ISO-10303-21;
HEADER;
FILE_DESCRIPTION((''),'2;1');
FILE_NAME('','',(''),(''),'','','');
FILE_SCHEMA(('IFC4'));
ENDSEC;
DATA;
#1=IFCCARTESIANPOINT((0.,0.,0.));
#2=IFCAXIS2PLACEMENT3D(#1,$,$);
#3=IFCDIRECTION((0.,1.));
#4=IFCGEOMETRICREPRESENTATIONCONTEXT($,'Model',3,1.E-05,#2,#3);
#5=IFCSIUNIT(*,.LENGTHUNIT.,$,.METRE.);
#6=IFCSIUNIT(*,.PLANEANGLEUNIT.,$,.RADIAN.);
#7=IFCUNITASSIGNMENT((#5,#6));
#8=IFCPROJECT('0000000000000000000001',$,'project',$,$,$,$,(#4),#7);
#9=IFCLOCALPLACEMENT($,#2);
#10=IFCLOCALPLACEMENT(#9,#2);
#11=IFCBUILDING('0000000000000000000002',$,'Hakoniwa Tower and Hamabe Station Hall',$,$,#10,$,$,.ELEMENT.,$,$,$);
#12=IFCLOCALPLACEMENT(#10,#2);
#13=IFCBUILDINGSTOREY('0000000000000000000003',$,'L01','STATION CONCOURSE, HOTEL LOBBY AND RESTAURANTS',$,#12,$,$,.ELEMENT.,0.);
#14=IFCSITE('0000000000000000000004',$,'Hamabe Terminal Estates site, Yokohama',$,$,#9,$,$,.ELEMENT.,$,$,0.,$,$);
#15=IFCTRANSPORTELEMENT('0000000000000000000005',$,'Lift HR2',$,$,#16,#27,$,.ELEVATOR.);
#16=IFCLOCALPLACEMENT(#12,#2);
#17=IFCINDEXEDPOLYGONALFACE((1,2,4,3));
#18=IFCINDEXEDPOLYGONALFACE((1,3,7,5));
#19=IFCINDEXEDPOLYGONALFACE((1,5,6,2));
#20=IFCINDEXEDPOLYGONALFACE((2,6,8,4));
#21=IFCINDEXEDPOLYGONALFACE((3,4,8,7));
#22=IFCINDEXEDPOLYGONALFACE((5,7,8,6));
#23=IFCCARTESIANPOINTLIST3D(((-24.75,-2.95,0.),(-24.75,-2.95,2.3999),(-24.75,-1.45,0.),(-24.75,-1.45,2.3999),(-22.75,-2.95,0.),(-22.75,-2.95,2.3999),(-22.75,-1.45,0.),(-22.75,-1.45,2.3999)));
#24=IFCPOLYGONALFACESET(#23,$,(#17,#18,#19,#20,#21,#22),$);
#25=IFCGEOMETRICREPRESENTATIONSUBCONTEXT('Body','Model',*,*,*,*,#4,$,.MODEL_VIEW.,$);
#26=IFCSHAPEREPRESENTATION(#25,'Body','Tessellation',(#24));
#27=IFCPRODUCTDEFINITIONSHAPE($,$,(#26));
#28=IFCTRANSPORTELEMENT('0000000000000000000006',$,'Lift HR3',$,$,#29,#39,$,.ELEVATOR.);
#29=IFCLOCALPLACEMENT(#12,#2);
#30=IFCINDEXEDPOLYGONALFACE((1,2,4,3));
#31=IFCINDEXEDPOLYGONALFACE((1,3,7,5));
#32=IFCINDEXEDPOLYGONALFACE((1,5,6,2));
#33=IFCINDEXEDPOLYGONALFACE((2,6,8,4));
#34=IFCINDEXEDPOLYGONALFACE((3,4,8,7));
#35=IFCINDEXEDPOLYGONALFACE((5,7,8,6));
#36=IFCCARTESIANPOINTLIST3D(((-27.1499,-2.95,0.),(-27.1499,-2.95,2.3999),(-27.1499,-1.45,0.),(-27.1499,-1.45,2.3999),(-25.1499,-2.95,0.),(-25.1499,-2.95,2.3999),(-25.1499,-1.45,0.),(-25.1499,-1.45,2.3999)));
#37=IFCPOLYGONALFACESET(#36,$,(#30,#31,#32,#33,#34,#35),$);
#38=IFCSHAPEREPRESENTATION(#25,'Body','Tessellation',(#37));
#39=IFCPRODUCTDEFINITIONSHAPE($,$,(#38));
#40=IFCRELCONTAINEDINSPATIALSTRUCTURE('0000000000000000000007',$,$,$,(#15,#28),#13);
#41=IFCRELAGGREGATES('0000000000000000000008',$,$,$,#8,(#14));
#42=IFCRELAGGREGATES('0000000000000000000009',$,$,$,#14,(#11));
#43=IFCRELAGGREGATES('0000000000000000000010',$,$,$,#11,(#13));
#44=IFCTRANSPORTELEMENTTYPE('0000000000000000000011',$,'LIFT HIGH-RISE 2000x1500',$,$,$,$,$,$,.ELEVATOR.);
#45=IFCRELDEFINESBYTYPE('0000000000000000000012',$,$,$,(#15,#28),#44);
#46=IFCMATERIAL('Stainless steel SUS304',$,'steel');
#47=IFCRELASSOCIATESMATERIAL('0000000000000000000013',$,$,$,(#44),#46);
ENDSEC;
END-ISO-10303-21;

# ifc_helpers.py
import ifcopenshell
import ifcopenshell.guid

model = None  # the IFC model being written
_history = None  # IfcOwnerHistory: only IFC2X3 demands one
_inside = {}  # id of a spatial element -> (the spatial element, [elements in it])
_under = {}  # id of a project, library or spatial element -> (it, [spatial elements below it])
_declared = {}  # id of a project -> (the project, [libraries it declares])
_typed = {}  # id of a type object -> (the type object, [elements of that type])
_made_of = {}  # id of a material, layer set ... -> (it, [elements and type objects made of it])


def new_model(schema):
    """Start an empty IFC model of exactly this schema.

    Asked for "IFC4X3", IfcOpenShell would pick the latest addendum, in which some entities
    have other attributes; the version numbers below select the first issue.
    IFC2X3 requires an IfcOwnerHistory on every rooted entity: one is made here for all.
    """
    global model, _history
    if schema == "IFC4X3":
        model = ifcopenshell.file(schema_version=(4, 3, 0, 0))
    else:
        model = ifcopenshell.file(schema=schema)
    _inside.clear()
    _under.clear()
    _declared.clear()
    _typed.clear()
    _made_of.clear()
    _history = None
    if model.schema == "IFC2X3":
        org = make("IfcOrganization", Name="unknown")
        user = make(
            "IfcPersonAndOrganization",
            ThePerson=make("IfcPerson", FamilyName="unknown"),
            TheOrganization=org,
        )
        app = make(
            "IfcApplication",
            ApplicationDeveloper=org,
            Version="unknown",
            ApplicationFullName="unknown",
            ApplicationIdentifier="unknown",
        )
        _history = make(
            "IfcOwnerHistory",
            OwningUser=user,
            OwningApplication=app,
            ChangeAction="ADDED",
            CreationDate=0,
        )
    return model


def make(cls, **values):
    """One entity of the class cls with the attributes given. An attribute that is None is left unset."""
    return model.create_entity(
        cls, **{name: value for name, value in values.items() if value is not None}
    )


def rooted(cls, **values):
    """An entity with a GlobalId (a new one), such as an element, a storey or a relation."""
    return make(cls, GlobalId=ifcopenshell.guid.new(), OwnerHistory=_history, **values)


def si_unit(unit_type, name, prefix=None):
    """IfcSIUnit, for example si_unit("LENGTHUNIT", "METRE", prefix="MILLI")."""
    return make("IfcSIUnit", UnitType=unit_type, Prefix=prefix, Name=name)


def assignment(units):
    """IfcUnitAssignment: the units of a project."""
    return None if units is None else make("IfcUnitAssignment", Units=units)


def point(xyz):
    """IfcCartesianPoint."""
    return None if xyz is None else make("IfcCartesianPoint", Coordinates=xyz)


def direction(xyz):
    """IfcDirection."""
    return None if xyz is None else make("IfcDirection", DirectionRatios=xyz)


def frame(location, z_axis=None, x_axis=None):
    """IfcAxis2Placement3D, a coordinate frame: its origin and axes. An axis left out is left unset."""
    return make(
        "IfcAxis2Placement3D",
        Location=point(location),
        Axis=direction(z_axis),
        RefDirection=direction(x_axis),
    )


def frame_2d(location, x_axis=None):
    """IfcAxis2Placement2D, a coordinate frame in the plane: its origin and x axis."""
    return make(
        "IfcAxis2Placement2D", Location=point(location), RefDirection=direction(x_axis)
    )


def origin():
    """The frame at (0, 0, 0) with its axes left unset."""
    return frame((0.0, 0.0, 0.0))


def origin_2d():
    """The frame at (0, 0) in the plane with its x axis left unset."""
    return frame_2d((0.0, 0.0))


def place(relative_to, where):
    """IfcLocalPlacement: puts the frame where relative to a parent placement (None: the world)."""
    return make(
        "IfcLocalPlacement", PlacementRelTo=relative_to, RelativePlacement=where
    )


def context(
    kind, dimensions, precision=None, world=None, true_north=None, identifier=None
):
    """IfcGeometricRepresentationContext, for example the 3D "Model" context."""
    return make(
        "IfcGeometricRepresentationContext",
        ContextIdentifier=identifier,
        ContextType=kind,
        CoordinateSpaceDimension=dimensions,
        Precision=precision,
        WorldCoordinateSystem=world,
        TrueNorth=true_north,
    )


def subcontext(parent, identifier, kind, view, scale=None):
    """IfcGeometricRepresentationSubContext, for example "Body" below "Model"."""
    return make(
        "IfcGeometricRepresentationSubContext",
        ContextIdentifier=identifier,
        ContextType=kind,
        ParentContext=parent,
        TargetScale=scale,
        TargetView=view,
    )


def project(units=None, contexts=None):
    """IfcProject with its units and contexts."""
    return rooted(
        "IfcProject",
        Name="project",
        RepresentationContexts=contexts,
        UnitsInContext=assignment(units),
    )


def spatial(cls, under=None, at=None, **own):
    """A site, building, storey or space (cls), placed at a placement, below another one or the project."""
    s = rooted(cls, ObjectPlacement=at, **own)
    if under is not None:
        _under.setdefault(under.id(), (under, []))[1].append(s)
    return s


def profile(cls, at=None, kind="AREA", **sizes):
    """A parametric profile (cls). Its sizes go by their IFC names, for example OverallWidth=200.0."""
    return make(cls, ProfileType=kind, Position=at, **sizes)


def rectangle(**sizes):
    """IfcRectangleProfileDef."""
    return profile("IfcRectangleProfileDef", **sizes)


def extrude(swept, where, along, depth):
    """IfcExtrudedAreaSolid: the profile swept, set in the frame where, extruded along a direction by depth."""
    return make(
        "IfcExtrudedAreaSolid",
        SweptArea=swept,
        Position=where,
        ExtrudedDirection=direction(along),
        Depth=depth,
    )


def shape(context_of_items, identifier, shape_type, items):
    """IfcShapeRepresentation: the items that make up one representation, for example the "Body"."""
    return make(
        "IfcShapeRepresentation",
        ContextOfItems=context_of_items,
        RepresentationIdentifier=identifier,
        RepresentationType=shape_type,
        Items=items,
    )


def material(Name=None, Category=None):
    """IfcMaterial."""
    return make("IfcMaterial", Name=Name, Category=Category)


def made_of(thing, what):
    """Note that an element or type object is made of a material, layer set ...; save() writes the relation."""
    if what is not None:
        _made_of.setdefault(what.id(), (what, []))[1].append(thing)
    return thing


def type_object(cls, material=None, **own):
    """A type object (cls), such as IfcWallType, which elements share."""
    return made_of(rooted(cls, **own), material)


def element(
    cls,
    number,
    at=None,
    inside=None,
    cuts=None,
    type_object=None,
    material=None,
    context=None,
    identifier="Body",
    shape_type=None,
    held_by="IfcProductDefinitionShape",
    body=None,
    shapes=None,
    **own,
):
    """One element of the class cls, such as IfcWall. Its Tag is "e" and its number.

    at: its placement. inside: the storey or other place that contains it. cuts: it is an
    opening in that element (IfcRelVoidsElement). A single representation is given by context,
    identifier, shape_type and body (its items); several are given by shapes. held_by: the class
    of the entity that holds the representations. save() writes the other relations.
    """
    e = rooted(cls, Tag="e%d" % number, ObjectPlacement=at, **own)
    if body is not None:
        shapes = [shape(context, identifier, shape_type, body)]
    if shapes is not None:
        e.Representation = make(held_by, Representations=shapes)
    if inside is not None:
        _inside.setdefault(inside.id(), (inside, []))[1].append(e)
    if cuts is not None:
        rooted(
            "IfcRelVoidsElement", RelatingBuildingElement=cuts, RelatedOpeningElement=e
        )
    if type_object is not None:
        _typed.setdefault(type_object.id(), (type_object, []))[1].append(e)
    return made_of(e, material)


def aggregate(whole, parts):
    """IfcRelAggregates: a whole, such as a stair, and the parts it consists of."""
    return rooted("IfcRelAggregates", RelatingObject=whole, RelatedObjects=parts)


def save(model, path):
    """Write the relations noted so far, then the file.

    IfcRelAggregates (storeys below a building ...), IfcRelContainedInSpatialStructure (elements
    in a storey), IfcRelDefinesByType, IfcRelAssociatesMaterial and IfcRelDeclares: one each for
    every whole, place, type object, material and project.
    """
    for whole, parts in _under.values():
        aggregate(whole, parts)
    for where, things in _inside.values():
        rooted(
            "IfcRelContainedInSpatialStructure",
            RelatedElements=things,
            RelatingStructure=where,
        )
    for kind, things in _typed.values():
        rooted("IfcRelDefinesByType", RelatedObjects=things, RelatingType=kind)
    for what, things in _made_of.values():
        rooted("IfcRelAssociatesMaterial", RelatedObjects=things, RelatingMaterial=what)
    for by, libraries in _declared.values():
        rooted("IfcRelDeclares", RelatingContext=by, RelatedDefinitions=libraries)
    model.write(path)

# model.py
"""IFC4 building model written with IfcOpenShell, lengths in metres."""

from ifc_helpers import new_model, si_unit, direction, frame, origin, origin_2d, place, context, subcontext, project, spatial, rectangle, extrude, material, type_object, element, save


model = new_model("IFC4")

# Units and contexts
model_context = context("Model", 3, precision=1e-05, world=origin(), true_north=direction((0.0, 1.0)))
body_context = subcontext(model_context, "Body", "Model", "MODEL_VIEW")
ifc_project = project(units=[si_unit("LENGTHUNIT", "METRE"), si_unit("PLANEANGLEUNIT", "RADIAN")], contexts=[model_context])

# Site, building, storey
site_placement = place(None, origin())
site = spatial("IfcSite", under=ifc_project, at=site_placement, Name="Hamabe Terminal Estates site, Yokohama", CompositionType="ELEMENT", RefElevation=0.0)
building_placement = place(site_placement, origin())
building = spatial("IfcBuilding", under=site, at=building_placement, Name="Hakoniwa Tower and Hamabe Station Hall", CompositionType="ELEMENT")
storey_placement = place(building_placement, origin())
storey = spatial("IfcBuildingStorey", under=building, at=storey_placement, Name="L01", Description="STATION CONCOURSE, HOTEL LOBBY AND RESTAURANTS", CompositionType="ELEMENT", Elevation=0.0)

# Transport elements
ifc_material_1 = material(Name="Stainless steel SUS304", Category="steel")
transport_element_type = type_object("IfcTransportElementType", Name="LIFT HIGH-RISE 2000x1500", PredefinedType="ELEVATOR", material=ifc_material_1)
for number, where, z_axis, x_axis, name in (
    (1, (-23.75, -2.2, 0.0), (0.0, 0.0, 1.0), (1.0, 0.0, 0.0), "Lift HR2"),
    (2, (-26.1499, -2.2, 0.0), (0.0, 0.0, 1.0), (1.0, 0.0, 0.0), "Lift HR3"),
):
    element("IfcTransportElement", number, at=place(storey_placement, frame(where, z_axis=z_axis, x_axis=x_axis)), inside=storey, type_object=transport_element_type, Name=name, PredefinedType="ELEVATOR", context=body_context, shape_type="SweptSolid", body=[
        extrude(rectangle(XDim=2.0, YDim=1.5, at=origin_2d()), origin(), (0.0, 0.0, 1.0), 2.3999),
    ])

save(model, "model.ifc")
